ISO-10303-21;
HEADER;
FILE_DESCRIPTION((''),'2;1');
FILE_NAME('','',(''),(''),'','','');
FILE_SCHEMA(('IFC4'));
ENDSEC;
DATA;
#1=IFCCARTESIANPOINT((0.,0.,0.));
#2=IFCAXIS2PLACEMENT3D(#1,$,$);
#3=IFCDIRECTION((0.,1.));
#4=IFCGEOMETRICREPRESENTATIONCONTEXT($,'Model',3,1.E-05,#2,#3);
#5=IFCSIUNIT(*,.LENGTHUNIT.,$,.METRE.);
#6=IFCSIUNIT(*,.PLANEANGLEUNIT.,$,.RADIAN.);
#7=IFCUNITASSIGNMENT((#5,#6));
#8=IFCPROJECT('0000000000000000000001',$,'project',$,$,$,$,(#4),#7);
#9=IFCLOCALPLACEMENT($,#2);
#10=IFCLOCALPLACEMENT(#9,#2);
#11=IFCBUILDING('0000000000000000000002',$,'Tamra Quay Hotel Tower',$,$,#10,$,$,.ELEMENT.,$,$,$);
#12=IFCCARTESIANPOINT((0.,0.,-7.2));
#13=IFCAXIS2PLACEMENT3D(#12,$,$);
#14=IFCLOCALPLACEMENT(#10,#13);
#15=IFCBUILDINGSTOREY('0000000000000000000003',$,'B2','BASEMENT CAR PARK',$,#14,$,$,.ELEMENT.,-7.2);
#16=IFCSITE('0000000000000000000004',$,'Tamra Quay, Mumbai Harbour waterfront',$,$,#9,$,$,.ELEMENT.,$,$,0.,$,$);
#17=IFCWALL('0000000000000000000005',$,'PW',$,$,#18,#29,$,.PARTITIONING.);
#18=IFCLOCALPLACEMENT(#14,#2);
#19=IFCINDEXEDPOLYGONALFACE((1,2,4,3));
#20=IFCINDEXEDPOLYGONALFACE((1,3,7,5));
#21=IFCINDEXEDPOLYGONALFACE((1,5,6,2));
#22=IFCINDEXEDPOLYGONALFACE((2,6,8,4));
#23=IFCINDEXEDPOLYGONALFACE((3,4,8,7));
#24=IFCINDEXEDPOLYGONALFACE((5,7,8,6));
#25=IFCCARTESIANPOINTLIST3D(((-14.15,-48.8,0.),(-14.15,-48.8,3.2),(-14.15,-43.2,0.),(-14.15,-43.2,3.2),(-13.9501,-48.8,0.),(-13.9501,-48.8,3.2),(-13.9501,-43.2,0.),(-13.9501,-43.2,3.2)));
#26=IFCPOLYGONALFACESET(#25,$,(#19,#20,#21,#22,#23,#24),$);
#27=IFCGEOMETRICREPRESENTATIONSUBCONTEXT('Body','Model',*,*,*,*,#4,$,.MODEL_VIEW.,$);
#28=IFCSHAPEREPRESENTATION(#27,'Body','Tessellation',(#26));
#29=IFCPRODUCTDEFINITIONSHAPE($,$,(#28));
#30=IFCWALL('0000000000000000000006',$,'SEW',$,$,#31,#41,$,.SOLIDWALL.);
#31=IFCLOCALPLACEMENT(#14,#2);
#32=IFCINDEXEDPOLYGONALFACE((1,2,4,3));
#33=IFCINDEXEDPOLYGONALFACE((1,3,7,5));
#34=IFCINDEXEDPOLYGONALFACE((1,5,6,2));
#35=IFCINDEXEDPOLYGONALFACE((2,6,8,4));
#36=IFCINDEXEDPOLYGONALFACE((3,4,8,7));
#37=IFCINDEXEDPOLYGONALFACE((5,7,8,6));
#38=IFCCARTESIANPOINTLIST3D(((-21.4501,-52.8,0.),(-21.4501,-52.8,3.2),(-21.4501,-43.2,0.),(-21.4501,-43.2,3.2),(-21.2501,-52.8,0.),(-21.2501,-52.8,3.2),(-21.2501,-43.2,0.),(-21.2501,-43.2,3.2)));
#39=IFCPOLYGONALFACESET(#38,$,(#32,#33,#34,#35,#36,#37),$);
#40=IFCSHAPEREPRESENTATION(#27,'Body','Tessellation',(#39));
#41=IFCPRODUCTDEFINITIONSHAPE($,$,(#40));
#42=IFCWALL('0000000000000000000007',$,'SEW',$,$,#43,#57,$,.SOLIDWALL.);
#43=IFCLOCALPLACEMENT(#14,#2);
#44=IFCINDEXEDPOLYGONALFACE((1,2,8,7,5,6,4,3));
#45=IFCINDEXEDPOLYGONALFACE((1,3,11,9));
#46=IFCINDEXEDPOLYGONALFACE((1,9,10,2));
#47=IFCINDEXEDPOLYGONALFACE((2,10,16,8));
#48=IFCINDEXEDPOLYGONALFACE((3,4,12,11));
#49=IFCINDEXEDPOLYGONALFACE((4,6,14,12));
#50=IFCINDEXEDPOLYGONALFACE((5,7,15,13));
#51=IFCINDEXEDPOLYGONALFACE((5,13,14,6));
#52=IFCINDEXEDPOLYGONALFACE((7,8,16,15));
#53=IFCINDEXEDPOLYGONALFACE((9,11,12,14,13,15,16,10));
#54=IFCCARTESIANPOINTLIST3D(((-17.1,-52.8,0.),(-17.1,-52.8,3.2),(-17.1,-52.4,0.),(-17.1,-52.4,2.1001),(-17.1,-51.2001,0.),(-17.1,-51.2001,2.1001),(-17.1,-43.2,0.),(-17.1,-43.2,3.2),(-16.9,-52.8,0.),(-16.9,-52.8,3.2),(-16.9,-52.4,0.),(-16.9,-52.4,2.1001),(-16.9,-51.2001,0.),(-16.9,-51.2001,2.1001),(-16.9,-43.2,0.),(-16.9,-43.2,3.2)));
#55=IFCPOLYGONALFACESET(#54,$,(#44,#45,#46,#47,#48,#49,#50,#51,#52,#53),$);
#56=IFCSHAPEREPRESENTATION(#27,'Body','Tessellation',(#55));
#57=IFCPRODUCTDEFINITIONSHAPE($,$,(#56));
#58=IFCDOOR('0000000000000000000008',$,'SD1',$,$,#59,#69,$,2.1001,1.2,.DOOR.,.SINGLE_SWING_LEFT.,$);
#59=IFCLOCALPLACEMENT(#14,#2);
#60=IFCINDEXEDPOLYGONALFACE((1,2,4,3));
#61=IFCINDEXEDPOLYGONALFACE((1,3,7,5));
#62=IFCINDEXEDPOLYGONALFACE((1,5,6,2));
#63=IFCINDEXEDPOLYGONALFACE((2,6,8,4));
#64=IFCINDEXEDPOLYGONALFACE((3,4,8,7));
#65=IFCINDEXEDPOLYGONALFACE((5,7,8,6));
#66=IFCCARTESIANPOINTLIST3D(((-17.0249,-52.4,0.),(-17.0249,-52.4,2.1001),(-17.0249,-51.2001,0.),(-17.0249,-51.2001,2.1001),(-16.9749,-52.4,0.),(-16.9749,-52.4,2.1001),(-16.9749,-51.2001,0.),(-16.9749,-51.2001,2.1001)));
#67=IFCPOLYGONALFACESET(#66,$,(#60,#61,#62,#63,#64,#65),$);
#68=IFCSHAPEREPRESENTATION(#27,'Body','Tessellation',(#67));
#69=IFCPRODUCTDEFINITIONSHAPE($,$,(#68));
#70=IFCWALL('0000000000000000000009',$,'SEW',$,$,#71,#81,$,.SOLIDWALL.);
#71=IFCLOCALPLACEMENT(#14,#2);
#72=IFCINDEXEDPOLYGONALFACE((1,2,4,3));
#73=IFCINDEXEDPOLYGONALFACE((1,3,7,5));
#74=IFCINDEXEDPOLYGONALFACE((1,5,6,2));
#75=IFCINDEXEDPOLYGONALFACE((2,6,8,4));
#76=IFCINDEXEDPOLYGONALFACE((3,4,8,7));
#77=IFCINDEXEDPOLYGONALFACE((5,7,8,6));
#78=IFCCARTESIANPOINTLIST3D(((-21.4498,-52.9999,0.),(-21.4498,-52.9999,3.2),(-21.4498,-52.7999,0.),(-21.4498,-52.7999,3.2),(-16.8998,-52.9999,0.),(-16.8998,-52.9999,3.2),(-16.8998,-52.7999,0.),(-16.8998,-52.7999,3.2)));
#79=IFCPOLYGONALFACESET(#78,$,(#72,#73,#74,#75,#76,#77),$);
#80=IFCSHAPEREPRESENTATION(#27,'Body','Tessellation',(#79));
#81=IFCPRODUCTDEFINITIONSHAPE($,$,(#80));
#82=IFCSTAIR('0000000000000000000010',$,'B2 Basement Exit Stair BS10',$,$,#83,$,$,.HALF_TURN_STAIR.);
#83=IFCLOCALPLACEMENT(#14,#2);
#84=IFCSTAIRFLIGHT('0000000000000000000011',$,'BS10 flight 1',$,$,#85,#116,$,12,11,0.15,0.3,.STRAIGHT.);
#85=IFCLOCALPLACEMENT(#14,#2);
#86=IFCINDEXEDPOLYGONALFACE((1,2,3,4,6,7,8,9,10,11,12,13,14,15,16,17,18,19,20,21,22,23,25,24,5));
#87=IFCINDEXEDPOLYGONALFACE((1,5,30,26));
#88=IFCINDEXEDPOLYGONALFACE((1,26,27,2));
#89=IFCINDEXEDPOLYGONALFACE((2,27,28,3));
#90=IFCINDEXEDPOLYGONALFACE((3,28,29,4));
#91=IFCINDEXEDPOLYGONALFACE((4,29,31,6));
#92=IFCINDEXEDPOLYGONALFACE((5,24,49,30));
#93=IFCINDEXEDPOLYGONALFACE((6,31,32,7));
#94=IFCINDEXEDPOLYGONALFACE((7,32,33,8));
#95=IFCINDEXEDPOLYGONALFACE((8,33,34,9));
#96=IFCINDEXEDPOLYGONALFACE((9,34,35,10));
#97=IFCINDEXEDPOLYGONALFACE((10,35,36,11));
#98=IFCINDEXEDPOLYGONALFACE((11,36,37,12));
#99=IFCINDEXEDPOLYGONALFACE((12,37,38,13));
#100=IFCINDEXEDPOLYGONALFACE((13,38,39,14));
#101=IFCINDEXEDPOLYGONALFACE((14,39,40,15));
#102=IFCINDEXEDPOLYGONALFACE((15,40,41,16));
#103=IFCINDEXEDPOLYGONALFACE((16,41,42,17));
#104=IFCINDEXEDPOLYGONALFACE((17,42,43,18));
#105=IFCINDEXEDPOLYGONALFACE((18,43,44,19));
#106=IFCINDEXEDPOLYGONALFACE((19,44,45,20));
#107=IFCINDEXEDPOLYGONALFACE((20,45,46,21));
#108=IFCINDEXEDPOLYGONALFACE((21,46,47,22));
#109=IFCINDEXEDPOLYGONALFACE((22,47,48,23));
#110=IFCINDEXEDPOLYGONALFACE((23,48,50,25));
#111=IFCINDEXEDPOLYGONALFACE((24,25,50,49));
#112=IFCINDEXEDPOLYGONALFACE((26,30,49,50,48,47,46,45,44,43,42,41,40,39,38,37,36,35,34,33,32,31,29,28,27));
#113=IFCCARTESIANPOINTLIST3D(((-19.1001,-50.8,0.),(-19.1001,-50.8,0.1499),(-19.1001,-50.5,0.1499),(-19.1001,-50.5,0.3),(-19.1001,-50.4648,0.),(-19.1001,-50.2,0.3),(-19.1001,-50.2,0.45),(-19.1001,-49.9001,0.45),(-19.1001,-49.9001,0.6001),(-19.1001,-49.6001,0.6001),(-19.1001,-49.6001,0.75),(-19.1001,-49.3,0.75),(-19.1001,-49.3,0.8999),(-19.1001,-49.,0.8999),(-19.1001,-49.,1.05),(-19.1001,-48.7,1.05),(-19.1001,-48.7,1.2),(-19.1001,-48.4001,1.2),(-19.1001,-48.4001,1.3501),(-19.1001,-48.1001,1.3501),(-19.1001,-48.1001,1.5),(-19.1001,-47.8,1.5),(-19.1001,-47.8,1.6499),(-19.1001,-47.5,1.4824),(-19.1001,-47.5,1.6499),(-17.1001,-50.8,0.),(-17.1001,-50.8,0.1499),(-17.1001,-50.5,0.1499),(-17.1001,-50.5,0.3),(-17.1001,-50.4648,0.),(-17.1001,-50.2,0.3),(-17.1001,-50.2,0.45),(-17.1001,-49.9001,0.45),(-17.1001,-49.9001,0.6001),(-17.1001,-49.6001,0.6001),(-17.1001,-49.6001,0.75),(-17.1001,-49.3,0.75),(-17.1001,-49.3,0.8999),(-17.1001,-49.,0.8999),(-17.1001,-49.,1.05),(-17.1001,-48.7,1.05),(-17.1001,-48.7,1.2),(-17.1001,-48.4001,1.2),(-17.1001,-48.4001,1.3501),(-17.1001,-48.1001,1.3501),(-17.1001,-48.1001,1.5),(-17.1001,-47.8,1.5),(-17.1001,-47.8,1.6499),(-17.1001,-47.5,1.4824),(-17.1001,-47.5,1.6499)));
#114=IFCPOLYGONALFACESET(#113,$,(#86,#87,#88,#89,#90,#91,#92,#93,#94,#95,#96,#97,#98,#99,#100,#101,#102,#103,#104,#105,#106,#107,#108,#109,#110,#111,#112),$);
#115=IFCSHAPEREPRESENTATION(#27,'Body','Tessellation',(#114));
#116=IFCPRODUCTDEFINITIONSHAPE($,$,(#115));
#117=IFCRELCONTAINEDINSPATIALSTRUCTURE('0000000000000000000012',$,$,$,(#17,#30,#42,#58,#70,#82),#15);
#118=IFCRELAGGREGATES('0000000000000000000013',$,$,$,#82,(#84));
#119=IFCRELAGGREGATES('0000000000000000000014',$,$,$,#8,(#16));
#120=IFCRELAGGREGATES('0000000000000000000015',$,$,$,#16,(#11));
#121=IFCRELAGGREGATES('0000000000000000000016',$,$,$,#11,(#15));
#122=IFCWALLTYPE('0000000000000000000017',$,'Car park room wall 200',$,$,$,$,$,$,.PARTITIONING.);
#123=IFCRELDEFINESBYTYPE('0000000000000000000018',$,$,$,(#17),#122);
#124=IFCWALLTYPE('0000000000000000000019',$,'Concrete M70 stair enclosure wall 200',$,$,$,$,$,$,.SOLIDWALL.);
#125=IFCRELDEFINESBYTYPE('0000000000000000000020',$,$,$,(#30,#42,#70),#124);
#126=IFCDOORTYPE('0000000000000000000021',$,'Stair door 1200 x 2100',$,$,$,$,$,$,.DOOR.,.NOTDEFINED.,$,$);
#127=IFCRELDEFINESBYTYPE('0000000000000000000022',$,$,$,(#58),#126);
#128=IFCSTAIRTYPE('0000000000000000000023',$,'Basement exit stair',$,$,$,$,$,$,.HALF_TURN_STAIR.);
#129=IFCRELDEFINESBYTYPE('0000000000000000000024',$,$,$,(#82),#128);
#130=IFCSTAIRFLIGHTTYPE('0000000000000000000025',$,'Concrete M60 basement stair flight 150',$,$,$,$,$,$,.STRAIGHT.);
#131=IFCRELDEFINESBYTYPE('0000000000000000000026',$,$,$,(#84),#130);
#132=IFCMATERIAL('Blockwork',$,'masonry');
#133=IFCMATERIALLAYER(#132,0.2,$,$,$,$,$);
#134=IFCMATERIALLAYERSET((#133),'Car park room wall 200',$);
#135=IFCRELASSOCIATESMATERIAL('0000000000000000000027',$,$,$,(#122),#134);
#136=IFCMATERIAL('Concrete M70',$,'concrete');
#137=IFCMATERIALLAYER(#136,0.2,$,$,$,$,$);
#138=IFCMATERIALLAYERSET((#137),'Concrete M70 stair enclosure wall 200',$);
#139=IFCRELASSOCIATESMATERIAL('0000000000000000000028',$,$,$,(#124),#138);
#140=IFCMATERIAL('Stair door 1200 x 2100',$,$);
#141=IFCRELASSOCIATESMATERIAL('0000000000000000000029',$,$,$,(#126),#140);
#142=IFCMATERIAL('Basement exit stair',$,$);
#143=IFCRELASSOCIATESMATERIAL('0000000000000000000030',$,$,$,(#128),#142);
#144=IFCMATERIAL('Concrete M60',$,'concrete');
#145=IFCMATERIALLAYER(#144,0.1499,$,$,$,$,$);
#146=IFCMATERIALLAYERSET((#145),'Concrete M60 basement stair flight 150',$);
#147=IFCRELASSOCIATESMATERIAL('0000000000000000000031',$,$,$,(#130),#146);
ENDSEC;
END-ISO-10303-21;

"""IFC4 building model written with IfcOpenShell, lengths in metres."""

from ifc_helpers import new_model, si_unit, direction, frame, frame_2d, origin, place, context, subcontext, project, spatial, polyline, rectangle, outline, extrude, material, layer, layer_set, type_object, element, fill, aggregate, save


model = new_model("IFC4")

# Units and contexts
model_context = context("Model", 3, precision=1e-05, world=origin(), true_north=direction((0.0, 1.0)))
body_context = subcontext(model_context, "Body", "Model", "MODEL_VIEW")
ifc_project = project(units=[si_unit("LENGTHUNIT", "METRE"), si_unit("PLANEANGLEUNIT", "RADIAN")], contexts=[model_context])

# Site, building, storey
site_placement = place(None, origin())
site = spatial("IfcSite", under=ifc_project, at=site_placement, Name="Tamra Quay, Mumbai Harbour waterfront", CompositionType="ELEMENT", RefElevation=0.0)
building_placement = place(site_placement, origin())
building = spatial("IfcBuilding", under=site, at=building_placement, Name="Tamra Quay Hotel Tower", CompositionType="ELEMENT")
storey_placement = place(building_placement, frame((0.0, 0.0, -7.2)))
storey = spatial("IfcBuildingStorey", under=building, at=storey_placement, Name="B2", Description="BASEMENT CAR PARK", CompositionType="ELEMENT", Elevation=-7.2)

# Shared definitions
ifc_material_1 = material(Name="Concrete M70", Category="concrete")

# Shared definitions
ifc_material_2 = material(Name="Blockwork", Category="masonry")
ifc_layer_1 = layer(ifc_material_2, 0.2)
ifc_layer_set_1 = layer_set([ifc_layer_1], Name="Car park room wall 200")
wall_type_1 = type_object("IfcWallType", Name="Car park room wall 200", PredefinedType="PARTITIONING", material=ifc_layer_set_1)

# Walls
wall_1_placement = place(storey_placement, frame((-14.05, -48.8, 0.0), z_axis=(0.0, 0.0, 1.0), x_axis=(0.0, 1.0, 0.0)))
element("IfcWall", 1, at=wall_1_placement, inside=storey, type_object=wall_type_1, Name="PW", PredefinedType="PARTITIONING", context=body_context, shape_type="SweptSolid", body=[
    extrude(rectangle(XDim=5.6001, YDim=0.2, at=frame_2d((2.8, 0.0))), origin(), (0.0, 0.0, 1.0), 3.2),
])
ifc_layer_2 = layer(ifc_material_1, 0.2)
ifc_layer_set_2 = layer_set([ifc_layer_2], Name="Concrete M70 stair enclosure wall 200")
wall_type_2 = type_object("IfcWallType", Name="Concrete M70 stair enclosure wall 200", PredefinedType="SOLIDWALL", material=ifc_layer_set_2)
wall_2_placement = place(storey_placement, frame((-21.3501, -52.8, 0.0), z_axis=(0.0, 0.0, 1.0), x_axis=(0.0, 1.0, 0.0)))
element("IfcWall", 2, at=wall_2_placement, inside=storey, type_object=wall_type_2, Name="SEW", PredefinedType="SOLIDWALL", context=body_context, shape_type="SweptSolid", body=[
    extrude(rectangle(XDim=9.6001, YDim=0.2, at=frame_2d((4.8, 0.0))), origin(), (0.0, 0.0, 1.0), 3.2),
])

# Wall, opening, door
wall_3_placement = place(storey_placement, frame((-17.0, -52.8, 0.0), z_axis=(0.0, 0.0, 1.0), x_axis=(0.0, 1.0, 0.0)))
wall_3 = element("IfcWall", 3, at=wall_3_placement, inside=storey, type_object=wall_type_2, Name="SEW", PredefinedType="SOLIDWALL", context=body_context, shape_type="SweptSolid", body=[
    extrude(rectangle(XDim=9.6001, YDim=0.2, at=frame_2d((4.8, 0.0))), origin(), (0.0, 0.0, 1.0), 3.2),
])
opening_1_placement = place(wall_3_placement, frame((0.3999, 0.0, 0.0)))
opening_1 = element("IfcOpeningElement", 4, at=opening_1_placement, cuts=wall_3, PredefinedType="OPENING", context=body_context, shape_type="SweptSolid", body=[
    extrude(rectangle(XDim=1.2, YDim=2.1001, at=frame_2d((0.6001, 1.05))), frame((0.0, 0.1099, 0.0), z_axis=(0.0, -1.0, 0.0), x_axis=(1.0, 0.0, 0.0)), (0.0, 0.0, 1.0), 0.22),
])
ifc_material_3 = material(Name="Stair door 1200 x 2100")
door_type_1 = type_object("IfcDoorType", Name="Stair door 1200 x 2100", OperationType="NOTDEFINED", PredefinedType="DOOR", material=ifc_material_3)
door_1_placement = place(opening_1_placement, origin())
door_1 = element("IfcDoor", 5, at=door_1_placement, inside=storey, type_object=door_type_1, Name="SD1", OperationType="SINGLE_SWING_LEFT", OverallHeight=2.1001, OverallWidth=1.2, PredefinedType="DOOR", context=body_context, shape_type="SweptSolid", body=[
    extrude(rectangle(XDim=1.2, YDim=2.1001, at=frame_2d((0.6001, 1.05))), frame((0.0, 0.0249, 0.0), z_axis=(0.0, -1.0, 0.0), x_axis=(1.0, 0.0, 0.0)), (0.0, 0.0, 1.0), 0.05),
])
fill(opening_1, door_1)

# Wall
wall_4_placement = place(storey_placement, frame((-16.8999, -52.8999, 0.0), z_axis=(0.0, 0.0, 1.0), x_axis=(-1.0, 0.0, 0.0)))
element("IfcWall", 6, at=wall_4_placement, inside=storey, type_object=wall_type_2, Name="SEW", PredefinedType="SOLIDWALL", context=body_context, shape_type="SweptSolid", body=[
    extrude(rectangle(XDim=4.55, YDim=0.2, at=frame_2d((2.2749, 0.0))), origin(), (0.0, 0.0, 1.0), 3.2),
])

# Stair, stair flight
ifc_material_4 = material(Name="Basement exit stair")
stair_type = type_object("IfcStairType", Name="Basement exit stair", PredefinedType="HALF_TURN_STAIR", material=ifc_material_4)
stair_placement = place(storey_placement, origin())
stair = element("IfcStair", 7, at=stair_placement, inside=storey, type_object=stair_type, Name="B2 Basement Exit Stair BS10", PredefinedType="HALF_TURN_STAIR")
ifc_material_5 = material(Name="Concrete M60", Category="concrete")
ifc_layer_3 = layer(ifc_material_5, 0.1499)
ifc_layer_set_3 = layer_set([ifc_layer_3], Name="Concrete M60 basement stair flight 150")
stair_flight_type = type_object("IfcStairFlightType", Name="Concrete M60 basement stair flight 150", PredefinedType="STRAIGHT", material=ifc_layer_set_3)
stair_flight_placement = place(storey_placement, frame((-18.1001, -50.8, 0.0), z_axis=(0.0, 0.0, 1.0), x_axis=(0.0, 1.0, 0.0)))
stair_flight = element("IfcStairFlight", 8, at=stair_flight_placement, type_object=stair_flight_type, Name="BS10 flight 1", NumberOfRisers=12, NumberOfTreads=11, PredefinedType="STRAIGHT", RiserHeight=0.15, TreadLength=0.3, context=body_context, shape_type="SweptSolid", body=[
    extrude(outline(polyline([(0.0, 0.0), (0.0, 0.1499), (0.3, 0.1499), (0.3, 0.3), (0.6001, 0.3), (0.6001, 0.45), (0.8999, 0.45), (0.8999, 0.6001), (1.2, 0.6001), (1.2, 0.75), (1.5, 0.75), (1.5, 0.8999), (1.8, 0.8999), (1.8, 1.05), (2.1001, 1.05), (2.1001, 1.2), (2.3999, 1.2), (2.3999, 1.3501), (2.7, 1.3501), (2.7, 1.5), (3.0, 1.5), (3.0, 1.6499), (3.3, 1.6499), (3.3, 1.8), (3.3, 1.4824), (0.3352, 0.0), (0.0, 0.0)])), frame((0.0, 1.0, 0.0), z_axis=(0.0, -1.0, 0.0), x_axis=(1.0, 0.0, 0.0)), (0.0, 0.0, 1.0), 2.0),
])
aggregate(stair, [stair_flight])

save(model, "model.ifc")
